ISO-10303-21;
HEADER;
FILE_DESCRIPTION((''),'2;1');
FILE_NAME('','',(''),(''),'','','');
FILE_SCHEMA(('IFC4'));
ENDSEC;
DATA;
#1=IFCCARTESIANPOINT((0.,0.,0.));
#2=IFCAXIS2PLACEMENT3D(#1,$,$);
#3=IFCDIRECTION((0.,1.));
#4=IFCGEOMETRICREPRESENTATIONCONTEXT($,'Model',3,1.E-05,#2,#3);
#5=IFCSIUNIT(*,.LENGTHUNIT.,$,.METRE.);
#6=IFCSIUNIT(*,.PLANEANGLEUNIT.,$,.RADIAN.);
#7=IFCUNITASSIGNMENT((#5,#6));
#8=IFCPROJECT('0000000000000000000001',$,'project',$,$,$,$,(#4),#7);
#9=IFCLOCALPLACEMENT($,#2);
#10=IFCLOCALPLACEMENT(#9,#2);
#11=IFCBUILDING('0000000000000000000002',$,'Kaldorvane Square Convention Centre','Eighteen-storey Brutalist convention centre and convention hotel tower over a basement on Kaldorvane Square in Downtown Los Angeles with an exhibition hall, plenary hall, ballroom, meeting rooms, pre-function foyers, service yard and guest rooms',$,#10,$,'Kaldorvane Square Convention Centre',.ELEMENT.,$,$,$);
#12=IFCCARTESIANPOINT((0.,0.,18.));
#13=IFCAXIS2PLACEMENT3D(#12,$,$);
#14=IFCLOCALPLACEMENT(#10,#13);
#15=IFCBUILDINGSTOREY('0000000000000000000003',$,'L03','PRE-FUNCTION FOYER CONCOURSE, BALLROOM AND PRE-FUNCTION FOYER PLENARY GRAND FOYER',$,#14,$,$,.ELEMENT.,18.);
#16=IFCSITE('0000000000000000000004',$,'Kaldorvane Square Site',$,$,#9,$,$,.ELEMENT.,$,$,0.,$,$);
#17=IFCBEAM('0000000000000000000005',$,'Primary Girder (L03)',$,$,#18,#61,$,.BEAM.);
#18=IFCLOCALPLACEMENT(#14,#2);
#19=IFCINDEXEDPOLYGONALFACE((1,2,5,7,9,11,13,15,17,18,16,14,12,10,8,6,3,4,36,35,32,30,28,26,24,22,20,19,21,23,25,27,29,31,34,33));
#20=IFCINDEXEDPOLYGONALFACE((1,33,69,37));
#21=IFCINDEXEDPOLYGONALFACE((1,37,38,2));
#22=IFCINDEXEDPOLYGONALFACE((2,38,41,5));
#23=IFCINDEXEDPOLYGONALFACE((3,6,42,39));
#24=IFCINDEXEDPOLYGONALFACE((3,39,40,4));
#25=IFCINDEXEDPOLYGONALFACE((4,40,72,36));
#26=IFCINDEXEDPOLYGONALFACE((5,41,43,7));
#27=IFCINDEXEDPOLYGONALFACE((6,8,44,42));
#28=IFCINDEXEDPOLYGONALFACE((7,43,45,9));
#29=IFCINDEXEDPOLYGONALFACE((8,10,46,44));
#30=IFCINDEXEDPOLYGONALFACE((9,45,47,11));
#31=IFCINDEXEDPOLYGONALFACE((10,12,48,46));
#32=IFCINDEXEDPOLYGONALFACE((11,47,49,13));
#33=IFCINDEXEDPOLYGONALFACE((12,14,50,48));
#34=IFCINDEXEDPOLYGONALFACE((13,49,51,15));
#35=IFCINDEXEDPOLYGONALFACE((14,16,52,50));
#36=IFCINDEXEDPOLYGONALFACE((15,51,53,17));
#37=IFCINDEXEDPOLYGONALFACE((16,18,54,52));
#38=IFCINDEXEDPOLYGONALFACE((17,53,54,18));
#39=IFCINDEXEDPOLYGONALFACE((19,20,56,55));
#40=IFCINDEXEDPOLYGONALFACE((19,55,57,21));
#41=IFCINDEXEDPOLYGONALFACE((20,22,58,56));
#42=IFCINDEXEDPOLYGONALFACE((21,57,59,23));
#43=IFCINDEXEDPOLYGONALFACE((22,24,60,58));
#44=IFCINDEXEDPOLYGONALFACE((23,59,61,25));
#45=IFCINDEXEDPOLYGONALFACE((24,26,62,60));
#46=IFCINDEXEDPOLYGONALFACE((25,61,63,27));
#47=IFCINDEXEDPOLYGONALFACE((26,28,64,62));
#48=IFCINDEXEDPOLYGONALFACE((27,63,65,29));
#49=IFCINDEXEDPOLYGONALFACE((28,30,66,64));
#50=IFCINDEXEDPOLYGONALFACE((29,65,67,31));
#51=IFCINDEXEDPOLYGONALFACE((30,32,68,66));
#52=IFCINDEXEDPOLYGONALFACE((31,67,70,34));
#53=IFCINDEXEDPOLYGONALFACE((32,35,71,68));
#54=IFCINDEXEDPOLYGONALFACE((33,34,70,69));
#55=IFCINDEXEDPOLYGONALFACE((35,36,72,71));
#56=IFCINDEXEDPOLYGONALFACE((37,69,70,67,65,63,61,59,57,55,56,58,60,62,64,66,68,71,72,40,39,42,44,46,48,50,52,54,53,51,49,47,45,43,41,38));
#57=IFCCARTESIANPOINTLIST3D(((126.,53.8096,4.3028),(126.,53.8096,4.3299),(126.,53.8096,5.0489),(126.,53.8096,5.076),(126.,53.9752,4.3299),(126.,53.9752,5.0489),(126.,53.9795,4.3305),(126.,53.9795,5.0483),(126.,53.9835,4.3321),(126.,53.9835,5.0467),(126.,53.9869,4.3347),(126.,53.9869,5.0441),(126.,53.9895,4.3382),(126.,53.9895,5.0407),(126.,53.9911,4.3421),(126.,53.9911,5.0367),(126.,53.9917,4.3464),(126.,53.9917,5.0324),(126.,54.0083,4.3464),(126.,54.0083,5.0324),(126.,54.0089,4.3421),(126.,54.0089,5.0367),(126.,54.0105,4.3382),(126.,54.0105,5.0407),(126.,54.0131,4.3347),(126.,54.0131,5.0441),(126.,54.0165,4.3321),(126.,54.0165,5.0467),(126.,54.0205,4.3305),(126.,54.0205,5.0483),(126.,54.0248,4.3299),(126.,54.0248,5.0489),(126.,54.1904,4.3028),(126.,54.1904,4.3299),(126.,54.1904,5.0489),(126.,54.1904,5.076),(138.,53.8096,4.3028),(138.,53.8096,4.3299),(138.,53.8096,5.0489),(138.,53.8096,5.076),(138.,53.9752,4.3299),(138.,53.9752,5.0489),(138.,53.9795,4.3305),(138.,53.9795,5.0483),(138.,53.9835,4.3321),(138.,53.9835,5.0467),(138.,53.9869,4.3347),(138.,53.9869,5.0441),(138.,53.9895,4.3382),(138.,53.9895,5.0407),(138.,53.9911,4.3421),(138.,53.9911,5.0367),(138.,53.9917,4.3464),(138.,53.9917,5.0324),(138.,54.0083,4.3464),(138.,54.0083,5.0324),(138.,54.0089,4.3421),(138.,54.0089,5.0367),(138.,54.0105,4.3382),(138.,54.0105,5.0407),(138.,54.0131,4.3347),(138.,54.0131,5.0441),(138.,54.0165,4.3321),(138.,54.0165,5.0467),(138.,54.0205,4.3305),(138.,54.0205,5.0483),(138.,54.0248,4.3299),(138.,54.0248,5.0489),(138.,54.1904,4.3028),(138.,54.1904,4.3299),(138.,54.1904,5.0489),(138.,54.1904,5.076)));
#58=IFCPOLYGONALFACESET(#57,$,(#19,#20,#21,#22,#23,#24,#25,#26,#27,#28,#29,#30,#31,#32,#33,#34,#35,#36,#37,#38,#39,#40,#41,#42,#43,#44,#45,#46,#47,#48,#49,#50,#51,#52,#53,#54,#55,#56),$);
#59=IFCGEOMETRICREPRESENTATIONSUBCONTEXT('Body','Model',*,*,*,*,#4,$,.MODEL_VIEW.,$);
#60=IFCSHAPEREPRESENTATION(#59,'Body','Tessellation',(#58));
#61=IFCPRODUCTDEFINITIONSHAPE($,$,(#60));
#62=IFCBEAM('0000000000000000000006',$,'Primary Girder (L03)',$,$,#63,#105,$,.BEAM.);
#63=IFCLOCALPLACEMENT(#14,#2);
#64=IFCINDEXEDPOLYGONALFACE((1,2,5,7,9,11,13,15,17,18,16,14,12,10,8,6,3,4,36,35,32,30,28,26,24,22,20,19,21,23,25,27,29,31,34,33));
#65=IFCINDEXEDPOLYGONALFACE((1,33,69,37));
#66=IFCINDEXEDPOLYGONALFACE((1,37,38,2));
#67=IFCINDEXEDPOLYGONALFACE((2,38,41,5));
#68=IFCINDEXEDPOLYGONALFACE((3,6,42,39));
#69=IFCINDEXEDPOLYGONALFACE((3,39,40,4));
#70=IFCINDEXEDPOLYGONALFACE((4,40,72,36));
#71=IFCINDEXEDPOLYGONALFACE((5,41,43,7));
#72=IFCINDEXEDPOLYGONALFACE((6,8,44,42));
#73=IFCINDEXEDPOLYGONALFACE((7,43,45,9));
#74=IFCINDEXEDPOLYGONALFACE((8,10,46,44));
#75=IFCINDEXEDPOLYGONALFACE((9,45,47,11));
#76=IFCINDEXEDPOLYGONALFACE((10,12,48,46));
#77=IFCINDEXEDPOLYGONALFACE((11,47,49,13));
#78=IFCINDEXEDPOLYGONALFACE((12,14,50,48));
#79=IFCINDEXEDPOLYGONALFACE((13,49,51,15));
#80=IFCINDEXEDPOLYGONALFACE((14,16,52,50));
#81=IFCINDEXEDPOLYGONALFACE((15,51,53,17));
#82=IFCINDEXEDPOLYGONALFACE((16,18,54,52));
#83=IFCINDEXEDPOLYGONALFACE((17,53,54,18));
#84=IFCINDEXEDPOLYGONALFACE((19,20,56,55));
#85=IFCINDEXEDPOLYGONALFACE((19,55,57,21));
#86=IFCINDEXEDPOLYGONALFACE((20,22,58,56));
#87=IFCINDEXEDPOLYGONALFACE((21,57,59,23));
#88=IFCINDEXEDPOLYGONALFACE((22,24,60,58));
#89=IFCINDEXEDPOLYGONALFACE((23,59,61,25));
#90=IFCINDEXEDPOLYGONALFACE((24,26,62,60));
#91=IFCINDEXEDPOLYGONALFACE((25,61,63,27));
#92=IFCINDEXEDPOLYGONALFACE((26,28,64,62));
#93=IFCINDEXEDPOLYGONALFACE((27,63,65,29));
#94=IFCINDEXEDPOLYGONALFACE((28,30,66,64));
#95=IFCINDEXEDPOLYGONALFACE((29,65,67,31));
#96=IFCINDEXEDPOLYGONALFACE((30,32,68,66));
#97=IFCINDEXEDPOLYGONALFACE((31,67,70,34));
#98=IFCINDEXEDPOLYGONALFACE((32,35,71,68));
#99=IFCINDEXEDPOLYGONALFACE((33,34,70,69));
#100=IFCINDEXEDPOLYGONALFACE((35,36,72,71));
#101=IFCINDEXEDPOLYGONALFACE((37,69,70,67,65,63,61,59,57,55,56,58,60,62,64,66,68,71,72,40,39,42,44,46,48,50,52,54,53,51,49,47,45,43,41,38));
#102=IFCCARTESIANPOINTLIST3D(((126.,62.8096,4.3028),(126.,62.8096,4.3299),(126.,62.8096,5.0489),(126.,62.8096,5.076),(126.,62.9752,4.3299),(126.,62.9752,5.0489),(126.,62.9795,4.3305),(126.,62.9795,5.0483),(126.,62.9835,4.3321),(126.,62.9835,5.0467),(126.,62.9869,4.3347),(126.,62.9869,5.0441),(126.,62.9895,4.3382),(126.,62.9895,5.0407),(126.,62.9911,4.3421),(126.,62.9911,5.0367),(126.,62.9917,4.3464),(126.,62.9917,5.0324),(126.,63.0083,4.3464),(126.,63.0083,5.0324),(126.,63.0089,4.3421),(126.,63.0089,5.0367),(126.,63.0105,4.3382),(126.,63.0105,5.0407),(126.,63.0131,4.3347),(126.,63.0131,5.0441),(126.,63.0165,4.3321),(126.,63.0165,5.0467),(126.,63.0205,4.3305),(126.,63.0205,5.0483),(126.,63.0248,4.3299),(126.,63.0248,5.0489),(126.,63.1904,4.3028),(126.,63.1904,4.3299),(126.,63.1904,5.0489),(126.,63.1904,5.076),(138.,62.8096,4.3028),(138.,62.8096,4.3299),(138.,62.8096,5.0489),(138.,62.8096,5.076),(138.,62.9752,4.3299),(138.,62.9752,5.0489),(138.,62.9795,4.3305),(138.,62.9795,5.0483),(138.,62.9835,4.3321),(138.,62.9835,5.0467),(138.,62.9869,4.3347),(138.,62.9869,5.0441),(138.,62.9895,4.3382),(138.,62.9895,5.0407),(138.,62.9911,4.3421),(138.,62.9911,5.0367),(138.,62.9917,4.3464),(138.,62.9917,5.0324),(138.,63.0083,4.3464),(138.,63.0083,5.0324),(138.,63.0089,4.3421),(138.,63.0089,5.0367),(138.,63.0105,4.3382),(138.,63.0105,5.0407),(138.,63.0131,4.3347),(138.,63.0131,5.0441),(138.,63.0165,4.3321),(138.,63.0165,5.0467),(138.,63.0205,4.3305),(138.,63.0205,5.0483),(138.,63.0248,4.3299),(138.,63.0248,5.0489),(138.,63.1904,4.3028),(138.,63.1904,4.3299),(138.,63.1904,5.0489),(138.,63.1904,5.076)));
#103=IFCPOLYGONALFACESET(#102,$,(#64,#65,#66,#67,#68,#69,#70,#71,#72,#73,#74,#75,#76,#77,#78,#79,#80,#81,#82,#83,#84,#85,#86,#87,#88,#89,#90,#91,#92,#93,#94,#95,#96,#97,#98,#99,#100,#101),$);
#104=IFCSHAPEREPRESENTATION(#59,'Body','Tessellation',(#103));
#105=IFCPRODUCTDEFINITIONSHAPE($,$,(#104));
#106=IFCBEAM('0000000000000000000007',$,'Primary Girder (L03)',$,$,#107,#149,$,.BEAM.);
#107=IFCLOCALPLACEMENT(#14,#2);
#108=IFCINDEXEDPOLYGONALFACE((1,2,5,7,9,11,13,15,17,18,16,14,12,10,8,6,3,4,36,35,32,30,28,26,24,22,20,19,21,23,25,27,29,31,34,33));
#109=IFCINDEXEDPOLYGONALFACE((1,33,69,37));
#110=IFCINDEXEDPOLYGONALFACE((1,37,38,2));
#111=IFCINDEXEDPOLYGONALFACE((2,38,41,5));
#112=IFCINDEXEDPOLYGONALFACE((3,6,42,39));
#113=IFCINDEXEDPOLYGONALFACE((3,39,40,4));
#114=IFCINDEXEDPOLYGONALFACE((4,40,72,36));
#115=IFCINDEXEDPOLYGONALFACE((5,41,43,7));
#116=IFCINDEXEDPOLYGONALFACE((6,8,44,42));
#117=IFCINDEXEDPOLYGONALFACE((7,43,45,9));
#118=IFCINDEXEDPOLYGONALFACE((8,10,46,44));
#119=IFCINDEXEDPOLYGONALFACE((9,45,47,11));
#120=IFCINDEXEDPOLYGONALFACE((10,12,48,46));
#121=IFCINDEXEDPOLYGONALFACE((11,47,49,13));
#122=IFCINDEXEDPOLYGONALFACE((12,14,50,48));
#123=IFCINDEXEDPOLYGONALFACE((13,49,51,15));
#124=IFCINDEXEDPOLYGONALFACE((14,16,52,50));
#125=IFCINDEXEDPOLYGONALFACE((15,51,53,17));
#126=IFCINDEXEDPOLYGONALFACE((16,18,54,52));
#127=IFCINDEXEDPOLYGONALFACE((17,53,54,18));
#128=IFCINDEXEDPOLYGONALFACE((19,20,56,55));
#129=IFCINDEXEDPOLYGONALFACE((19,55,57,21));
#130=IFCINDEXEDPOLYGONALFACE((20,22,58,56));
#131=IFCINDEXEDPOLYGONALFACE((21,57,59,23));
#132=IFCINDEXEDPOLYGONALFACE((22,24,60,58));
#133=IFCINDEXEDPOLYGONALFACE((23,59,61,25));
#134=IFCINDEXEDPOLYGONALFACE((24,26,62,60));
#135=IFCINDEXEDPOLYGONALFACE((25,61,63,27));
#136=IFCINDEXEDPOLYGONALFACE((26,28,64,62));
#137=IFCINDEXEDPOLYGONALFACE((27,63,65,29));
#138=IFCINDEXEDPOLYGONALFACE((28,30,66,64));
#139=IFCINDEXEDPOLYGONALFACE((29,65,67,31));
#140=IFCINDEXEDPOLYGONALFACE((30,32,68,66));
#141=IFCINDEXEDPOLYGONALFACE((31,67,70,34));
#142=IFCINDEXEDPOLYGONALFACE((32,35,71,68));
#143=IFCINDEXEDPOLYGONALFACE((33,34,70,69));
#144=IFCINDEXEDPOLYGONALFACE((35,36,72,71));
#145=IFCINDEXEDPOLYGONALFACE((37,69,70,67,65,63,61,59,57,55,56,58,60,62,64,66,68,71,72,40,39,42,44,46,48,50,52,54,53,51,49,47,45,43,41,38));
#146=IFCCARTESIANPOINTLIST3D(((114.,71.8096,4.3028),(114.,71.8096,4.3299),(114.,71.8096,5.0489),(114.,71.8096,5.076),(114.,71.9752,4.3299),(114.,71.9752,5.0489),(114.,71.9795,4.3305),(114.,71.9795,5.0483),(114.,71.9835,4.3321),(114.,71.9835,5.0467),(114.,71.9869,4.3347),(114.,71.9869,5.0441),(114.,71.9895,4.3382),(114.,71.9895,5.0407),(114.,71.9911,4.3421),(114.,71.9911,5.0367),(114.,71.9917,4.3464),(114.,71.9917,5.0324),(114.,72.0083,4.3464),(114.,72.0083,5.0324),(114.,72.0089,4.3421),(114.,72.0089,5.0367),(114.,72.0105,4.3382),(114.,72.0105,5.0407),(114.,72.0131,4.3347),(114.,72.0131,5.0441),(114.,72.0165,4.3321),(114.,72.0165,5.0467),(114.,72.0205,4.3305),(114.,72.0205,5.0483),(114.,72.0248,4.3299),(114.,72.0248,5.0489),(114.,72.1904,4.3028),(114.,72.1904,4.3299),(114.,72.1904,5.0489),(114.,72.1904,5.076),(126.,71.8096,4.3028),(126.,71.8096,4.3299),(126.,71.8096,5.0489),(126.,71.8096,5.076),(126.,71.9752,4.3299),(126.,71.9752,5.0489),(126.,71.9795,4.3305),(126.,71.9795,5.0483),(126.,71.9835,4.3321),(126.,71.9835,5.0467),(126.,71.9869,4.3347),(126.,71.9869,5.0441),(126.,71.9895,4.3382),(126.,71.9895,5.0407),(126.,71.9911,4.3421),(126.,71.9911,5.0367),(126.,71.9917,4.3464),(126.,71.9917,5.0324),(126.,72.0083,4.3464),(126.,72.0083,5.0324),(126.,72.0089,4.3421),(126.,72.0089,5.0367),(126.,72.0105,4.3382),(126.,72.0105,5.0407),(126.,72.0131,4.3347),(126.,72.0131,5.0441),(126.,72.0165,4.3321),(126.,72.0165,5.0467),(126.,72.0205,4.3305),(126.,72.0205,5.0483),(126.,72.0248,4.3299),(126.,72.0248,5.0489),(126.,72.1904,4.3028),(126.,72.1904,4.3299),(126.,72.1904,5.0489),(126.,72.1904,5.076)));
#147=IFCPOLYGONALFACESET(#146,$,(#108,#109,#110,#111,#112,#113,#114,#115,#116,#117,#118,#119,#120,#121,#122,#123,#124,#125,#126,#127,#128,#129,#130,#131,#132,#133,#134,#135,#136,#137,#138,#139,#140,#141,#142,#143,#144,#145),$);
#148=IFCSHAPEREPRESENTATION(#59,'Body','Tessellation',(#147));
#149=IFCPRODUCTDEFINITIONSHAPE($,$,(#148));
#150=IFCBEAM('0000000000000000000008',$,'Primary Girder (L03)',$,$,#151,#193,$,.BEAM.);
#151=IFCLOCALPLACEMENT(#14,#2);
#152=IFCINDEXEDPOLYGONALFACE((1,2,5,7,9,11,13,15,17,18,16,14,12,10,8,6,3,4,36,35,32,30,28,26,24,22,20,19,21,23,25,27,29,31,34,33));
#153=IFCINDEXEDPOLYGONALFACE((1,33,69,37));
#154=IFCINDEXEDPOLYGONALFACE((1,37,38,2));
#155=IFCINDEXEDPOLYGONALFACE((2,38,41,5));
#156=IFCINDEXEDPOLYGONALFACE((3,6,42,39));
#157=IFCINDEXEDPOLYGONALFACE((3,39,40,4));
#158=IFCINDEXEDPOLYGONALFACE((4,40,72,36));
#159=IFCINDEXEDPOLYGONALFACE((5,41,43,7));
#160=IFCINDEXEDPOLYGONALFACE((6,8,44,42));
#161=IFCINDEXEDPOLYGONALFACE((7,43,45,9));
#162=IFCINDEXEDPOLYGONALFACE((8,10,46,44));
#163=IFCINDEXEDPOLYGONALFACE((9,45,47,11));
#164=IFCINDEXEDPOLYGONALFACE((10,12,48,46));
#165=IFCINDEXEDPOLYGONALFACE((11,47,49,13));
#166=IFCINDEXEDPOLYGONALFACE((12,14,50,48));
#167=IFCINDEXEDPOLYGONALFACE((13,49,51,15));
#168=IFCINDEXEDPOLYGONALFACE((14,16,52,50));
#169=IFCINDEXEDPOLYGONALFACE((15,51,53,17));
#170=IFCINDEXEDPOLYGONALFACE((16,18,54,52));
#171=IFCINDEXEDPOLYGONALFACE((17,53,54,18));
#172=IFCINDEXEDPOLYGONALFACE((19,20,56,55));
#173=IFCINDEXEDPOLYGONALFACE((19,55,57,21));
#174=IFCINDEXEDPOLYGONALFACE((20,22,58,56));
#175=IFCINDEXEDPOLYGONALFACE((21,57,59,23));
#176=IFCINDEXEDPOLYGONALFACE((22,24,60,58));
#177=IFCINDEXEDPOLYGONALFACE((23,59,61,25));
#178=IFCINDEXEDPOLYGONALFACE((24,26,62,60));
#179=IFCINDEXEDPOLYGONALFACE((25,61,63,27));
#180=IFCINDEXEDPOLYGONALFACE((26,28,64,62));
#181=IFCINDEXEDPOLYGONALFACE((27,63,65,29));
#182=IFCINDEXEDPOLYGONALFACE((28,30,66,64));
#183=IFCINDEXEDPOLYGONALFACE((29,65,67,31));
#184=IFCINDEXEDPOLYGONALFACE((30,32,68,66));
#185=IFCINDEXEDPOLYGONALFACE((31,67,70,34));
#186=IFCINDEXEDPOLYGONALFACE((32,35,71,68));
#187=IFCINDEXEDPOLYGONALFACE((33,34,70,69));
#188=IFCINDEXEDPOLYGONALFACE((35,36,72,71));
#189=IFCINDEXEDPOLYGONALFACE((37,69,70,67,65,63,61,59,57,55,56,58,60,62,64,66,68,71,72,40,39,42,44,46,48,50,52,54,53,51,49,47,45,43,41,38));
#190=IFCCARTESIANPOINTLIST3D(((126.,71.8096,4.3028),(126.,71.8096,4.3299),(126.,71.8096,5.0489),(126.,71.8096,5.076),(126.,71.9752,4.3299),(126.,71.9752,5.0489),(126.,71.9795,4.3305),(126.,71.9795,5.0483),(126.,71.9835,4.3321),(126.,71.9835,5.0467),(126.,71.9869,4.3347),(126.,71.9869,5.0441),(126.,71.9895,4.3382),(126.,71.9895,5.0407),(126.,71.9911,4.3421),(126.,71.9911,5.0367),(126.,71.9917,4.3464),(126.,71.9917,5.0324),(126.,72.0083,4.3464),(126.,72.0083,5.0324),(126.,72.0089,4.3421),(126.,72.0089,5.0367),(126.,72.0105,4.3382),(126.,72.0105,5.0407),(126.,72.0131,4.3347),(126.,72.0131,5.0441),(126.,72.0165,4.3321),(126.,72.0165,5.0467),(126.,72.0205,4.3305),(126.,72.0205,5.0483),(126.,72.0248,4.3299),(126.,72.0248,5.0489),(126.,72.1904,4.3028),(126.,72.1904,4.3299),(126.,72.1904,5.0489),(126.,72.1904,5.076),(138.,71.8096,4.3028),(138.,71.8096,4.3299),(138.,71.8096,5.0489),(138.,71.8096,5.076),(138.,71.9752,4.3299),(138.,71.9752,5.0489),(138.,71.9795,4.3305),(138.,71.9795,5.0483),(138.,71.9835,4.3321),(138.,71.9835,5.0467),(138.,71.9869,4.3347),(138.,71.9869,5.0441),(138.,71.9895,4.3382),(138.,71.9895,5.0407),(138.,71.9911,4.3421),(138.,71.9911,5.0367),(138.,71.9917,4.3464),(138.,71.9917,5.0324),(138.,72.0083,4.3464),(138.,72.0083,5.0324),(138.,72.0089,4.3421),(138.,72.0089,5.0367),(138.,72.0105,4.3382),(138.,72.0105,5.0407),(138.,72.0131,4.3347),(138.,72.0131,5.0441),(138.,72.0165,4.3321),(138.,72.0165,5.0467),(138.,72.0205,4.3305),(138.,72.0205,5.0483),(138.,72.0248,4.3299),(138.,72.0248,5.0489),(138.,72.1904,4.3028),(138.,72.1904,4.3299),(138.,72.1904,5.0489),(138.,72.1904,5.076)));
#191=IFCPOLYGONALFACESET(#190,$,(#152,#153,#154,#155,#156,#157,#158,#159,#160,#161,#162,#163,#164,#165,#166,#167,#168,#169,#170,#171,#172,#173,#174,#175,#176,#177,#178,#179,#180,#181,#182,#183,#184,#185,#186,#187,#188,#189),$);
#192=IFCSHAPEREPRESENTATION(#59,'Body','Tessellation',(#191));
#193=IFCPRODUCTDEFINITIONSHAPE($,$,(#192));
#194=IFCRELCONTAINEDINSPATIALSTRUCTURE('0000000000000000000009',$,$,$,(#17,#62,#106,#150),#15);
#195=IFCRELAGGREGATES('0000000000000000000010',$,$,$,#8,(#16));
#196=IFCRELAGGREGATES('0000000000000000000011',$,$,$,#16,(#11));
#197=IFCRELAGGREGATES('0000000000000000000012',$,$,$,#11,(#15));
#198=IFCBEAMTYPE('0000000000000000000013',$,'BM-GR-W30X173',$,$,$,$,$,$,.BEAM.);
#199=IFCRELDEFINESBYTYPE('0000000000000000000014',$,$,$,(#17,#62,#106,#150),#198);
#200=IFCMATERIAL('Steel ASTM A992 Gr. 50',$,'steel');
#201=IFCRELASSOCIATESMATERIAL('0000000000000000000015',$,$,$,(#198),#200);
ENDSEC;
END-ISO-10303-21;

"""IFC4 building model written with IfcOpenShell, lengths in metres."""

from ifc_helpers import new_model, si_unit, direction, frame, origin, origin_2d, place, context, subcontext, project, spatial, i_section, extrude, material, material_profile, profile_set, type_object, element, save


model = new_model("IFC4")

# Units and contexts
model_context = context("Model", 3, precision=1e-05, world=origin(), true_north=direction((0.0, 1.0)))
body_context = subcontext(model_context, "Body", "Model", "MODEL_VIEW")
ifc_project = project(units=[si_unit("LENGTHUNIT", "METRE"), si_unit("PLANEANGLEUNIT", "RADIAN")], contexts=[model_context])

# Site, building, storey
site_placement = place(None, origin())
site = spatial("IfcSite", under=ifc_project, at=site_placement, Name="Kaldorvane Square Site", CompositionType="ELEMENT", RefElevation=0.0)
building_placement = place(site_placement, origin())
building = spatial("IfcBuilding", under=site, at=building_placement, Name="Kaldorvane Square Convention Centre", Description="Eighteen-storey Brutalist convention centre and convention hotel tower over a basement on Kaldorvane Square in Downtown Los Angeles with an exhibition hall, plenary hall, ballroom, meeting rooms, pre-function foyers, service yard and guest rooms", LongName="Kaldorvane Square Convention Centre", CompositionType="ELEMENT")
storey_placement = place(building_placement, frame((0.0, 0.0, 18.0)))
storey = spatial("IfcBuildingStorey", under=building, at=storey_placement, Name="L03", Description="PRE-FUNCTION FOYER CONCOURSE, BALLROOM AND PRE-FUNCTION FOYER PLENARY GRAND FOYER", CompositionType="ELEMENT", Elevation=18.0)

# Shared definitions
ifc_material_1 = material(Name="Steel ASTM A992 Gr. 50", Category="steel")

# Beams
ifc_material_profile_1 = material_profile(ifc_material_1, i_section(OverallWidth=0.3807, OverallDepth=0.7732, WebThickness=0.0166, FlangeThickness=0.0271, FilletRadius=0.0165, at=origin_2d()), Name="W30X173")
ifc_profile_set_1 = profile_set([ifc_material_profile_1], Name="Steel ASTM A992 Gr. 50")
beam_type_1 = type_object("IfcBeamType", Name="BM-GR-W30X173", PredefinedType="BEAM", material=ifc_profile_set_1)
for number, where, z_axis, x_axis, name in (
    (1, (126.0, 54.0, 4.6894), (1.0, 0.0, 0.0), (0.0, 1.0, 0.0), "Primary Girder (L03)"),
    (2, (126.0, 63.0, 4.6894), (1.0, 0.0, 0.0), (0.0, 1.0, 0.0), "Primary Girder (L03)"),
    (3, (114.0, 72.0, 4.6894), (1.0, 0.0, 0.0), (0.0, 1.0, 0.0), "Primary Girder (L03)"),
    (4, (126.0, 72.0, 4.6894), (1.0, 0.0, 0.0), (0.0, 1.0, 0.0), "Primary Girder (L03)"),
):
    element("IfcBeam", number, at=place(storey_placement, frame(where, z_axis=z_axis, x_axis=x_axis)), inside=storey, type_object=beam_type_1, Name=name, PredefinedType="BEAM", context=body_context, shape_type="SweptSolid", body=[
        extrude(i_section(OverallWidth=0.3807, OverallDepth=0.7732, WebThickness=0.0166, FlangeThickness=0.0271, FilletRadius=0.0165, at=origin_2d()), origin(), (0.0, 0.0, 1.0), 12.0),
    ])

save(model, "model.ifc")
